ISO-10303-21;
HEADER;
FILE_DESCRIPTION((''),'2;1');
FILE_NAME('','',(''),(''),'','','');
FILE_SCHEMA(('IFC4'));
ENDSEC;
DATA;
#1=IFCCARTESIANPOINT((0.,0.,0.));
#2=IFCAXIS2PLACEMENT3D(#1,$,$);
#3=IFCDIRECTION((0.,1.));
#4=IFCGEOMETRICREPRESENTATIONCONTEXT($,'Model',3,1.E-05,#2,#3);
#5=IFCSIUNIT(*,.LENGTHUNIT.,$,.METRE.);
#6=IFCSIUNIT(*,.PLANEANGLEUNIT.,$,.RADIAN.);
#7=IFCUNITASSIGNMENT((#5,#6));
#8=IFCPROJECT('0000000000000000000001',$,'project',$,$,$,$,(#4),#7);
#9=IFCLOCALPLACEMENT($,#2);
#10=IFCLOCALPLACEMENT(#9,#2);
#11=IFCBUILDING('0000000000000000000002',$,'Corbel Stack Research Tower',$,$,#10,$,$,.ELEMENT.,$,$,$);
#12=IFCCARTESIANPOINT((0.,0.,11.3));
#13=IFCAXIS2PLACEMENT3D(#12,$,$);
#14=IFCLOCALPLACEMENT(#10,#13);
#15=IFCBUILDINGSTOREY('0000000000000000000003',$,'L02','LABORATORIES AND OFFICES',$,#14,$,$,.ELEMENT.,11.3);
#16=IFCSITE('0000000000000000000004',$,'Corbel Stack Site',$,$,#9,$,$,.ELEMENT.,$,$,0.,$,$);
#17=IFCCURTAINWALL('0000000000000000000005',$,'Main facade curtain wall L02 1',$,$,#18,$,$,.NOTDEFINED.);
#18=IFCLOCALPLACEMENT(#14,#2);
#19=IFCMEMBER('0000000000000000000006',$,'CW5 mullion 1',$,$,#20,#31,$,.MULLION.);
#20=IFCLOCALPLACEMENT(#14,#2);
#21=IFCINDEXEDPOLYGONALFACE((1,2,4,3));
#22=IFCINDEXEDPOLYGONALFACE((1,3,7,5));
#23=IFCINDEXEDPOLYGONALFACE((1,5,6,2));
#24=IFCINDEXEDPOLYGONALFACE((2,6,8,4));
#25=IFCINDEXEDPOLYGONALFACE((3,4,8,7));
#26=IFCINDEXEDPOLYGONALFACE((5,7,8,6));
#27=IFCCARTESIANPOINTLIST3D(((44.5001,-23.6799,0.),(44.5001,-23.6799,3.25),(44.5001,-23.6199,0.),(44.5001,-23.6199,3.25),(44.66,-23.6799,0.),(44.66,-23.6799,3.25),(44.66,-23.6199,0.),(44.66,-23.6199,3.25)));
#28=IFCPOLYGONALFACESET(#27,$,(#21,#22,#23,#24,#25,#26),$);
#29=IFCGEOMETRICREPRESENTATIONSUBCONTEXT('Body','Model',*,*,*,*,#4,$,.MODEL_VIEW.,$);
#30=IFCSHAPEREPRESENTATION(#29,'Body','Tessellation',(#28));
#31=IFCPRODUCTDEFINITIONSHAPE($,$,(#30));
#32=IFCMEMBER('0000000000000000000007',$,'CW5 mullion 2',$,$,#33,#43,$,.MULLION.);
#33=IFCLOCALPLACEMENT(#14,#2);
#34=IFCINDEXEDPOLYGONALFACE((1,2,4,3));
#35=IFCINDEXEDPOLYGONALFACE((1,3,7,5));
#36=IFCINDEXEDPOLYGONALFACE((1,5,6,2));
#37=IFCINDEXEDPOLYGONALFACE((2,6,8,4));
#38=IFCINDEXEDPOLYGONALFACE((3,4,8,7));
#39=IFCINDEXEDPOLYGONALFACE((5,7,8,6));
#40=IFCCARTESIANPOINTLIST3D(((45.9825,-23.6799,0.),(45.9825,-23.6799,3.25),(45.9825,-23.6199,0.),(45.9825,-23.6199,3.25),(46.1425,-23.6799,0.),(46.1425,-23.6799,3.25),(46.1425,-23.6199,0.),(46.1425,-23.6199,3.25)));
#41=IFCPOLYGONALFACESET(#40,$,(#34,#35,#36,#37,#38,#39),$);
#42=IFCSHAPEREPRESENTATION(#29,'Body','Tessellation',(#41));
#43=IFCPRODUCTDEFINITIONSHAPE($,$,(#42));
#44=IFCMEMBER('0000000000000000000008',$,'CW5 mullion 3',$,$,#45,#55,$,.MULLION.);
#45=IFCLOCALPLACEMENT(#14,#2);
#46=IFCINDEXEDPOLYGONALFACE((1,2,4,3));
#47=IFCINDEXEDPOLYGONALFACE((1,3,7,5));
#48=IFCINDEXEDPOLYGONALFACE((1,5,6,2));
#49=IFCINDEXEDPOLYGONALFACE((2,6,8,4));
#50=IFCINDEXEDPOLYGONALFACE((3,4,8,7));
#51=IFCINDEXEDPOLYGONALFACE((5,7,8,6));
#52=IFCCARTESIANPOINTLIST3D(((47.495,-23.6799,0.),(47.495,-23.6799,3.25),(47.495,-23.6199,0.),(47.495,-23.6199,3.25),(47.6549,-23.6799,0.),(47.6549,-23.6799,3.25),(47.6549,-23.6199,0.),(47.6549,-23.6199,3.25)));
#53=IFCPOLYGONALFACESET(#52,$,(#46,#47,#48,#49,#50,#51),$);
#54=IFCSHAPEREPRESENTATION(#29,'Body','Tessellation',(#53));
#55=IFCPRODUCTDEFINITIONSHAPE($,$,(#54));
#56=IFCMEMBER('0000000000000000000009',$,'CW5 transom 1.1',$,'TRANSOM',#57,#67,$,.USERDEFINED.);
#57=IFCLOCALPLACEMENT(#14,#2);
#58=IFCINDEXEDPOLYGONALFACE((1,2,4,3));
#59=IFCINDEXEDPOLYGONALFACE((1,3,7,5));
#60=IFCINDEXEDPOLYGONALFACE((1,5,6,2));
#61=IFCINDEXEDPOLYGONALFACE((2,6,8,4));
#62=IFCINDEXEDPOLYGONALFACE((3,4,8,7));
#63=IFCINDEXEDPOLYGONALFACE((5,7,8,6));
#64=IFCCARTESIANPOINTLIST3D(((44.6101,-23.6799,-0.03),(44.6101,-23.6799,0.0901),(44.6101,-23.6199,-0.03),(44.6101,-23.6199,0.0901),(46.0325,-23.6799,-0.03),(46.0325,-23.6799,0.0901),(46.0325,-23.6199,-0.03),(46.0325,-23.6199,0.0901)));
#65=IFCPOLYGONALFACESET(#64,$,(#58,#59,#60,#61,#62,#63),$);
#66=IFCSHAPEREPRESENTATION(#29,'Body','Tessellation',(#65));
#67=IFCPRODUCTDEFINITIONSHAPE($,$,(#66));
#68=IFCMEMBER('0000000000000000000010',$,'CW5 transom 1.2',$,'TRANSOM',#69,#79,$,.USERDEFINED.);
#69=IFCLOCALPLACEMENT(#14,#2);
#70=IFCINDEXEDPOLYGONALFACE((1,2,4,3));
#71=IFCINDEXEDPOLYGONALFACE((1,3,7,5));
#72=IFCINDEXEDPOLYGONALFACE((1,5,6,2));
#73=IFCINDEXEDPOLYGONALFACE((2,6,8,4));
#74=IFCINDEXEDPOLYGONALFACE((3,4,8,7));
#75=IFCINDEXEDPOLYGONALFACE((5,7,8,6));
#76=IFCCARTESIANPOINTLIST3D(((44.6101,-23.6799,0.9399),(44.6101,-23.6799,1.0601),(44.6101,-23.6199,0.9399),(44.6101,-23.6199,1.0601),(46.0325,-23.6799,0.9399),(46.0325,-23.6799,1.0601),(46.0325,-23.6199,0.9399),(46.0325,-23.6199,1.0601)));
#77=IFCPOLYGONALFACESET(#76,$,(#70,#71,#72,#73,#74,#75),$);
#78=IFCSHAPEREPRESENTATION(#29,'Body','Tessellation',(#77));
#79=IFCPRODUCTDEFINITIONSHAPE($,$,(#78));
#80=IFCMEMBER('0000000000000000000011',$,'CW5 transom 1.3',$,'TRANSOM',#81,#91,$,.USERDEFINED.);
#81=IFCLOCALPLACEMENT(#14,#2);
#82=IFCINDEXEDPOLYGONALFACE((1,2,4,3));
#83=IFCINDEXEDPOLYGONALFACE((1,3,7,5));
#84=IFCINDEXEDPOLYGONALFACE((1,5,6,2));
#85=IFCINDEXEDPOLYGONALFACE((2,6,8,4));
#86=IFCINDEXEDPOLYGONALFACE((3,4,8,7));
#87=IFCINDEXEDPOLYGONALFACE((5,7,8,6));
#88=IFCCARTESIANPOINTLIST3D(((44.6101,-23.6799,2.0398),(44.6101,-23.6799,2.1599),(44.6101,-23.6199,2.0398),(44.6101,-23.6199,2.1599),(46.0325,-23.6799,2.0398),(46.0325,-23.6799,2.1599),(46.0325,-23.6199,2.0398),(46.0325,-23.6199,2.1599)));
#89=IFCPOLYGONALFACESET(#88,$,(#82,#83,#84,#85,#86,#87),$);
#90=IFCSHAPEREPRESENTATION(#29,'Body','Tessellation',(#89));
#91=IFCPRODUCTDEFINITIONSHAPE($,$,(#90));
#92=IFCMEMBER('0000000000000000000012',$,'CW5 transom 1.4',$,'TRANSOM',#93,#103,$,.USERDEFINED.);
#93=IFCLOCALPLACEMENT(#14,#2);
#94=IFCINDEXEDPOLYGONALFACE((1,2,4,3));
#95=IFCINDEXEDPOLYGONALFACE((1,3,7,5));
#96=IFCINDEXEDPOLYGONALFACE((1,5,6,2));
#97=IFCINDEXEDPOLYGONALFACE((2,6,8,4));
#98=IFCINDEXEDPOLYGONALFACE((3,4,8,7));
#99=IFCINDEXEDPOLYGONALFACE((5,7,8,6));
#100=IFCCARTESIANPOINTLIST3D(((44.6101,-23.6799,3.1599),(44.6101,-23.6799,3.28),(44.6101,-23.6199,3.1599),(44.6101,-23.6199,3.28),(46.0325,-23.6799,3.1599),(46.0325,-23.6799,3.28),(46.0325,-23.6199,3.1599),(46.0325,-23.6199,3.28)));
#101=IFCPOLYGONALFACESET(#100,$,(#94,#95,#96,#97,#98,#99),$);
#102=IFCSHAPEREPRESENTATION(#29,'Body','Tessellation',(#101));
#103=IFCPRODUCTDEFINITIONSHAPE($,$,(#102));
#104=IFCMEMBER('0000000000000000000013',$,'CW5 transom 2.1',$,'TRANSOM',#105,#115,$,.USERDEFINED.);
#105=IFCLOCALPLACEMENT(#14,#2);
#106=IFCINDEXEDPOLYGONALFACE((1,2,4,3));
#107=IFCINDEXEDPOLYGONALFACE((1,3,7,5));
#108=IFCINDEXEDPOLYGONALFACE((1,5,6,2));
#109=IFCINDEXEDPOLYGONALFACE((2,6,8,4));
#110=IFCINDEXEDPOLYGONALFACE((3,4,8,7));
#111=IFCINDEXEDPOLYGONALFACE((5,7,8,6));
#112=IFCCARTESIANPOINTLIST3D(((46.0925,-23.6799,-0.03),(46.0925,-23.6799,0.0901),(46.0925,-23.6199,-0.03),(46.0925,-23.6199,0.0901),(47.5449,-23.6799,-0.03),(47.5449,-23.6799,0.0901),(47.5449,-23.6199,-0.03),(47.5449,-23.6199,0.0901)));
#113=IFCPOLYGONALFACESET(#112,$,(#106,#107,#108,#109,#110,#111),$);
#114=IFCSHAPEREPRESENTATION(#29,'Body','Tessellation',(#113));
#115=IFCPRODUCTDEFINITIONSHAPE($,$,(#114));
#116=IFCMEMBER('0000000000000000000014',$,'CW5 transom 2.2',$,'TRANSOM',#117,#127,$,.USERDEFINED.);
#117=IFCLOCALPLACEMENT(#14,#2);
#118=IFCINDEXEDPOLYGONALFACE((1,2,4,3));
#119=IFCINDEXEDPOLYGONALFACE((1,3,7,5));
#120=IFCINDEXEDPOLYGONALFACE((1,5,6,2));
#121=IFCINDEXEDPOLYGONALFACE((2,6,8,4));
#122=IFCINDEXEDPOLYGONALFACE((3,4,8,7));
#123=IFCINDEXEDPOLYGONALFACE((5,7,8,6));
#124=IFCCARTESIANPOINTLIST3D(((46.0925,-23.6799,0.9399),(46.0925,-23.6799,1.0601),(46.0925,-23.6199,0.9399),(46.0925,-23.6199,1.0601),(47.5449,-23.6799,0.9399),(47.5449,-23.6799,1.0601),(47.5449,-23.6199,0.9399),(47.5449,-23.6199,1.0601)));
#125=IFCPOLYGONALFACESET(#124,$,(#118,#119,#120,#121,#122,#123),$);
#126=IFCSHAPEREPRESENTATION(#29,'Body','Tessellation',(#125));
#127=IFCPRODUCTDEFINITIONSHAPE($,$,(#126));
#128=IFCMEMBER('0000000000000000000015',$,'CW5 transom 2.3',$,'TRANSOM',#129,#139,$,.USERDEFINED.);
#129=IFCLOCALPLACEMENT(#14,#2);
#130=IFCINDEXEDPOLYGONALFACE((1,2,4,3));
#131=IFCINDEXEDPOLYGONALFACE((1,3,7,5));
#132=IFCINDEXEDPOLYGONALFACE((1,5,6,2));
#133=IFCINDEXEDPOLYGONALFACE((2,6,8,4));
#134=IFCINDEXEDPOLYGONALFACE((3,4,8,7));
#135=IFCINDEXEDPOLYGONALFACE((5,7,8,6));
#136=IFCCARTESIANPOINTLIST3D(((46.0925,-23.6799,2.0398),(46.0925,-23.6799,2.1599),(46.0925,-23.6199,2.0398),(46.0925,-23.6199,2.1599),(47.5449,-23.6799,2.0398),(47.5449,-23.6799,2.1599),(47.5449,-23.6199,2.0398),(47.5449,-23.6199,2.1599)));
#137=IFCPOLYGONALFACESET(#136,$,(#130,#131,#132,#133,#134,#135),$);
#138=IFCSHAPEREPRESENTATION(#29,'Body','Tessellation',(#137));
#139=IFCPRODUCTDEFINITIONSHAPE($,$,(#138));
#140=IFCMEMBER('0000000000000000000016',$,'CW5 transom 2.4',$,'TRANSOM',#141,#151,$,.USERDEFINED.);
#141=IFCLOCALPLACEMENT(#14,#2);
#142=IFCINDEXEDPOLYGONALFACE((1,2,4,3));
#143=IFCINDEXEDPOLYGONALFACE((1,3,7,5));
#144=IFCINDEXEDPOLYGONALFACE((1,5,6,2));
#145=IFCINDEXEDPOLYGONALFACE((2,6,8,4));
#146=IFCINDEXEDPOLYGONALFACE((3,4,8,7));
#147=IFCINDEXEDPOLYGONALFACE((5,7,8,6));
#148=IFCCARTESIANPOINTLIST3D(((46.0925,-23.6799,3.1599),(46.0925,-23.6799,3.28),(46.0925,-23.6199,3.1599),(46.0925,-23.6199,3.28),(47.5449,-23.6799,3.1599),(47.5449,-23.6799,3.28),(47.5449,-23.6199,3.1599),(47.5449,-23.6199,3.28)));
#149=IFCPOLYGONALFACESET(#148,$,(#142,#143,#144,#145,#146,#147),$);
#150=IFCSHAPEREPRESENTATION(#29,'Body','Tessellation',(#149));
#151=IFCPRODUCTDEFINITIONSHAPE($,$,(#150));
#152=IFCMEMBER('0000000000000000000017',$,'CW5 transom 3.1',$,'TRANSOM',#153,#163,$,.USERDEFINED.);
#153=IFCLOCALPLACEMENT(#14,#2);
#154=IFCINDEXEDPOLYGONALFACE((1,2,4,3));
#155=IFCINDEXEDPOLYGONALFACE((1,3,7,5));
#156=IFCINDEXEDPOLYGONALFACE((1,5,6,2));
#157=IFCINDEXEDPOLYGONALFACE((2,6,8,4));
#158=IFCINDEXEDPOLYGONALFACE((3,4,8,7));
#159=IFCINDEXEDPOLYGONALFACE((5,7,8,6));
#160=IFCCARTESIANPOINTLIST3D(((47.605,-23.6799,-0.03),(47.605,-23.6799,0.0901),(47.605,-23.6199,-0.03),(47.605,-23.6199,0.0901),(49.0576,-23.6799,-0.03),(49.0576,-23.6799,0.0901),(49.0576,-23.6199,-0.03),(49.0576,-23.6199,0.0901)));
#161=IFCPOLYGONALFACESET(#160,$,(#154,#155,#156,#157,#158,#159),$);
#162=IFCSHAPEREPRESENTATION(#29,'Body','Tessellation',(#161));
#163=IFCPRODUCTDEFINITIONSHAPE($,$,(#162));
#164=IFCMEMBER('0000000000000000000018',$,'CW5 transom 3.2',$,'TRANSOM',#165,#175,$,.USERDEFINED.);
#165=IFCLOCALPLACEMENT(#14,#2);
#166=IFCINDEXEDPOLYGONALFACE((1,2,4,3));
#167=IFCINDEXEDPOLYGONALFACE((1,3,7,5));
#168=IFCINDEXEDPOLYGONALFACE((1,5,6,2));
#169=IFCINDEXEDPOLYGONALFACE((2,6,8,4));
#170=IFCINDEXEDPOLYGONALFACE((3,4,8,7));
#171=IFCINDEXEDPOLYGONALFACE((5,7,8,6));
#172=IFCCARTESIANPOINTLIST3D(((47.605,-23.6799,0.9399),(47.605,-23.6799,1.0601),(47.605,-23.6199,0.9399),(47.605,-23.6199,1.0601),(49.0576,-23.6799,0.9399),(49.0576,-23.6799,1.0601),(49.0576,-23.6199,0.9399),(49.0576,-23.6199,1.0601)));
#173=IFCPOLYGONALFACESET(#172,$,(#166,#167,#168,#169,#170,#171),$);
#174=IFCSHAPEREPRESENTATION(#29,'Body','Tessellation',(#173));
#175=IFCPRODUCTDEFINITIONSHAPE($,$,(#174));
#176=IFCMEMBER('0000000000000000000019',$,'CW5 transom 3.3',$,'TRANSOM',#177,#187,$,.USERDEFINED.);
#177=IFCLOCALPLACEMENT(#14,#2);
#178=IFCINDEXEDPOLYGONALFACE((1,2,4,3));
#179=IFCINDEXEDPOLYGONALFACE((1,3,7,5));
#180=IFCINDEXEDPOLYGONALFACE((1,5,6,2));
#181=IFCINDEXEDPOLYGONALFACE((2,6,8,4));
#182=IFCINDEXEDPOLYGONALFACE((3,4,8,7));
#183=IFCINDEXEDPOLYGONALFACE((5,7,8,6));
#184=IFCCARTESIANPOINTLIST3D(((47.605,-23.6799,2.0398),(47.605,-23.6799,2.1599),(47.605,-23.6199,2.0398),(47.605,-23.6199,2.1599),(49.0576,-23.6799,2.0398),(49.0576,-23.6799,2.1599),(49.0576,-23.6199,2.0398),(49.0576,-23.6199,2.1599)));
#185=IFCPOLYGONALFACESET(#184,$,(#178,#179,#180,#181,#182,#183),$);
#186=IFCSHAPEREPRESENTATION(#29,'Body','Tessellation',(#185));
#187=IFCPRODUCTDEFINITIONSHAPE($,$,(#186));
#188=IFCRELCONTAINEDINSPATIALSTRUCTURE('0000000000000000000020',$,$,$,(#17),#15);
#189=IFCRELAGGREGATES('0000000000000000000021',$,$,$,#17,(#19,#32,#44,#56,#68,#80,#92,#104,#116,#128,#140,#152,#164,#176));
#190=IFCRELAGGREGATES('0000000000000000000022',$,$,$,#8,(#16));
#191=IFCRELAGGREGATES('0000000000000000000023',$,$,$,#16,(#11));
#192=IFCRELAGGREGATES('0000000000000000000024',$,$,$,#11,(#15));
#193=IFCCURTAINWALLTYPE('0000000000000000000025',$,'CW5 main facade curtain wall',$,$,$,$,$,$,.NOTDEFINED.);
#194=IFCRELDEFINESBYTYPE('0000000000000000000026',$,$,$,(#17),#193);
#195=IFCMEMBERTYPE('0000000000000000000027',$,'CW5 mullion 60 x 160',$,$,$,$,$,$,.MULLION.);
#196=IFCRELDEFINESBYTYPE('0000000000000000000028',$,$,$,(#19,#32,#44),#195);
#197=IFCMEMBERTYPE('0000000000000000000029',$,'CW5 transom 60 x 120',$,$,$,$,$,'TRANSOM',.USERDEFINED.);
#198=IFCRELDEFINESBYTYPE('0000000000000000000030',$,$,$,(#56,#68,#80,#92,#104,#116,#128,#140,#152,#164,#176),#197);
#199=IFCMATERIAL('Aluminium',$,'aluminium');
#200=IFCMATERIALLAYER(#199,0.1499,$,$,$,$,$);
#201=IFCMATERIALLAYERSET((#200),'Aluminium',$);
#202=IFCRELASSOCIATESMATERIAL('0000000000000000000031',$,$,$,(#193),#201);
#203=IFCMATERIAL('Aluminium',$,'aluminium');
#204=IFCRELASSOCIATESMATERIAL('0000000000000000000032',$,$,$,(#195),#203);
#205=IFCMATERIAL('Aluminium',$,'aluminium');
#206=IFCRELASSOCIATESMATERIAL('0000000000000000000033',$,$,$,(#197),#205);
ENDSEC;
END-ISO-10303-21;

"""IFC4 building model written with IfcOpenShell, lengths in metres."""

from ifc_helpers import new_model, si_unit, direction, frame, origin, origin_2d, place, context, subcontext, project, spatial, rectangle, extrude, material, layer, layer_set, material_profile, profile_set, type_object, element, aggregate, save


model = new_model("IFC4")

# Units and contexts
model_context = context("Model", 3, precision=1e-05, world=origin(), true_north=direction((0.0, 1.0)))
body_context = subcontext(model_context, "Body", "Model", "MODEL_VIEW")
ifc_project = project(units=[si_unit("LENGTHUNIT", "METRE"), si_unit("PLANEANGLEUNIT", "RADIAN")], contexts=[model_context])

# Site, building, storey
site_placement = place(None, origin())
site = spatial("IfcSite", under=ifc_project, at=site_placement, Name="Corbel Stack Site", CompositionType="ELEMENT", RefElevation=0.0)
building_placement = place(site_placement, origin())
building = spatial("IfcBuilding", under=site, at=building_placement, Name="Corbel Stack Research Tower", CompositionType="ELEMENT")
storey_placement = place(building_placement, frame((0.0, 0.0, 11.3)))
storey = spatial("IfcBuildingStorey", under=building, at=storey_placement, Name="L02", Description="LABORATORIES AND OFFICES", CompositionType="ELEMENT", Elevation=11.3)

# Curtain wall, members
ifc_material_1 = material(Name="Aluminium", Category="aluminium")
ifc_layer_1 = layer(ifc_material_1, 0.1499)
ifc_layer_set_1 = layer_set([ifc_layer_1], Name="Aluminium")
curtain_wall_type = type_object("IfcCurtainWallType", Name="CW5 main facade curtain wall", PredefinedType="NOTDEFINED", material=ifc_layer_set_1)
curtain_wall_placement = place(storey_placement, origin())
curtain_wall = element("IfcCurtainWall", 1, at=curtain_wall_placement, inside=storey, type_object=curtain_wall_type, Name="Main facade curtain wall L02 1", PredefinedType="NOTDEFINED")
ifc_material_2 = material(Name="Aluminium", Category="aluminium")
ifc_material_profile_1 = material_profile(ifc_material_2, rectangle(XDim=0.0601, YDim=0.1599, at=origin_2d()), Name="Mullion 60 x 160")
ifc_profile_set_1 = profile_set([ifc_material_profile_1], Name="Aluminium")
member_type_1 = type_object("IfcMemberType", Name="CW5 mullion 60 x 160", PredefinedType="MULLION", material=ifc_profile_set_1)
member_1_placement = place(storey_placement, frame((44.5801, -23.6499, 0.0), z_axis=(0.0, 0.0, 1.0), x_axis=(0.0, 1.0, 0.0)))
member_1 = element("IfcMember", 2, at=member_1_placement, type_object=member_type_1, Name="CW5 mullion 1", PredefinedType="MULLION", context=body_context, shape_type="SweptSolid", body=[
    extrude(rectangle(XDim=0.0601, YDim=0.1599, at=origin_2d()), origin(), (0.0, 0.0, 1.0), 3.25),
])
member_2_placement = place(storey_placement, frame((46.0625, -23.6499, 0.0), z_axis=(0.0, 0.0, 1.0), x_axis=(0.0, 1.0, 0.0)))
member_2 = element("IfcMember", 3, at=member_2_placement, type_object=member_type_1, Name="CW5 mullion 2", PredefinedType="MULLION", context=body_context, shape_type="SweptSolid", body=[
    extrude(rectangle(XDim=0.0601, YDim=0.1599, at=origin_2d()), origin(), (0.0, 0.0, 1.0), 3.25),
])
member_3_placement = place(storey_placement, frame((47.575, -23.6499, 0.0), z_axis=(0.0, 0.0, 1.0), x_axis=(0.0, 1.0, 0.0)))
member_3 = element("IfcMember", 4, at=member_3_placement, type_object=member_type_1, Name="CW5 mullion 3", PredefinedType="MULLION", context=body_context, shape_type="SweptSolid", body=[
    extrude(rectangle(XDim=0.0601, YDim=0.1599, at=origin_2d()), origin(), (0.0, 0.0, 1.0), 3.25),
])
ifc_material_3 = material(Name="Aluminium", Category="aluminium")
ifc_material_profile_2 = material_profile(ifc_material_3, rectangle(XDim=0.0601, YDim=0.1201, at=origin_2d()), Name="Transom 60 x 120")
ifc_profile_set_2 = profile_set([ifc_material_profile_2], Name="Aluminium")
member_type_2 = type_object("IfcMemberType", Name="CW5 transom 60 x 120", ElementType="TRANSOM", PredefinedType="USERDEFINED", material=ifc_profile_set_2)
member_4_placement = place(storey_placement, frame((44.6101, -23.6499, 0.03), z_axis=(1.0, 0.0, 0.0), x_axis=(0.0, 1.0, 0.0)))
member_4 = element("IfcMember", 5, at=member_4_placement, type_object=member_type_2, Name="CW5 transom 1.1", ObjectType="TRANSOM", PredefinedType="USERDEFINED", context=body_context, shape_type="SweptSolid", body=[
    extrude(rectangle(XDim=0.0601, YDim=0.1201, at=origin_2d()), origin(), (0.0, 0.0, 1.0), 1.4224),
])
member_5_placement = place(storey_placement, frame((44.6101, -23.6499, 1.0), z_axis=(1.0, 0.0, 0.0), x_axis=(0.0, 1.0, 0.0)))
member_5 = element("IfcMember", 6, at=member_5_placement, type_object=member_type_2, Name="CW5 transom 1.2", ObjectType="TRANSOM", PredefinedType="USERDEFINED", context=body_context, shape_type="SweptSolid", body=[
    extrude(rectangle(XDim=0.0601, YDim=0.1201, at=origin_2d()), origin(), (0.0, 0.0, 1.0), 1.4224),
])
member_6_placement = place(storey_placement, frame((44.6101, -23.6499, 2.0999), z_axis=(1.0, 0.0, 0.0), x_axis=(0.0, 1.0, 0.0)))
member_6 = element("IfcMember", 7, at=member_6_placement, type_object=member_type_2, Name="CW5 transom 1.3", ObjectType="TRANSOM", PredefinedType="USERDEFINED", context=body_context, shape_type="SweptSolid", body=[
    extrude(rectangle(XDim=0.0601, YDim=0.1201, at=origin_2d()), origin(), (0.0, 0.0, 1.0), 1.4224),
])
member_7_placement = place(storey_placement, frame((44.6101, -23.6499, 3.22), z_axis=(1.0, 0.0, 0.0), x_axis=(0.0, 1.0, 0.0)))
member_7 = element("IfcMember", 8, at=member_7_placement, type_object=member_type_2, Name="CW5 transom 1.4", ObjectType="TRANSOM", PredefinedType="USERDEFINED", context=body_context, shape_type="SweptSolid", body=[
    extrude(rectangle(XDim=0.0601, YDim=0.1201, at=origin_2d()), origin(), (0.0, 0.0, 1.0), 1.4224),
])
member_8_placement = place(storey_placement, frame((46.0925, -23.6499, 0.03), z_axis=(1.0, 0.0, 0.0), x_axis=(0.0, 1.0, 0.0)))
member_8 = element("IfcMember", 9, at=member_8_placement, type_object=member_type_2, Name="CW5 transom 2.1", ObjectType="TRANSOM", PredefinedType="USERDEFINED", context=body_context, shape_type="SweptSolid", body=[
    extrude(rectangle(XDim=0.0601, YDim=0.1201, at=origin_2d()), origin(), (0.0, 0.0, 1.0), 1.4524),
])
member_9_placement = place(storey_placement, frame((46.0925, -23.6499, 1.0), z_axis=(1.0, 0.0, 0.0), x_axis=(0.0, 1.0, 0.0)))
member_9 = element("IfcMember", 10, at=member_9_placement, type_object=member_type_2, Name="CW5 transom 2.2", ObjectType="TRANSOM", PredefinedType="USERDEFINED", context=body_context, shape_type="SweptSolid", body=[
    extrude(rectangle(XDim=0.0601, YDim=0.1201, at=origin_2d()), origin(), (0.0, 0.0, 1.0), 1.4524),
])
member_10_placement = place(storey_placement, frame((46.0925, -23.6499, 2.0999), z_axis=(1.0, 0.0, 0.0), x_axis=(0.0, 1.0, 0.0)))
member_10 = element("IfcMember", 11, at=member_10_placement, type_object=member_type_2, Name="CW5 transom 2.3", ObjectType="TRANSOM", PredefinedType="USERDEFINED", context=body_context, shape_type="SweptSolid", body=[
    extrude(rectangle(XDim=0.0601, YDim=0.1201, at=origin_2d()), origin(), (0.0, 0.0, 1.0), 1.4524),
])
member_11_placement = place(storey_placement, frame((46.0925, -23.6499, 3.22), z_axis=(1.0, 0.0, 0.0), x_axis=(0.0, 1.0, 0.0)))
member_11 = element("IfcMember", 12, at=member_11_placement, type_object=member_type_2, Name="CW5 transom 2.4", ObjectType="TRANSOM", PredefinedType="USERDEFINED", context=body_context, shape_type="SweptSolid", body=[
    extrude(rectangle(XDim=0.0601, YDim=0.1201, at=origin_2d()), origin(), (0.0, 0.0, 1.0), 1.4524),
])
member_12_placement = place(storey_placement, frame((47.605, -23.6499, 0.03), z_axis=(1.0, 0.0, 0.0), x_axis=(0.0, 1.0, 0.0)))
member_12 = element("IfcMember", 13, at=member_12_placement, type_object=member_type_2, Name="CW5 transom 3.1", ObjectType="TRANSOM", PredefinedType="USERDEFINED", context=body_context, shape_type="SweptSolid", body=[
    extrude(rectangle(XDim=0.0601, YDim=0.1201, at=origin_2d()), origin(), (0.0, 0.0, 1.0), 1.4526),
])
member_13_placement = place(storey_placement, frame((47.605, -23.6499, 1.0), z_axis=(1.0, 0.0, 0.0), x_axis=(0.0, 1.0, 0.0)))
member_13 = element("IfcMember", 14, at=member_13_placement, type_object=member_type_2, Name="CW5 transom 3.2", ObjectType="TRANSOM", PredefinedType="USERDEFINED", context=body_context, shape_type="SweptSolid", body=[
    extrude(rectangle(XDim=0.0601, YDim=0.1201, at=origin_2d()), origin(), (0.0, 0.0, 1.0), 1.4526),
])
member_14_placement = place(storey_placement, frame((47.605, -23.6499, 2.0999), z_axis=(1.0, 0.0, 0.0), x_axis=(0.0, 1.0, 0.0)))
member_14 = element("IfcMember", 15, at=member_14_placement, type_object=member_type_2, Name="CW5 transom 3.3", ObjectType="TRANSOM", PredefinedType="USERDEFINED", context=body_context, shape_type="SweptSolid", body=[
    extrude(rectangle(XDim=0.0601, YDim=0.1201, at=origin_2d()), origin(), (0.0, 0.0, 1.0), 1.4526),
])
aggregate(curtain_wall, [member_1, member_2, member_3, member_4, member_5, member_6, member_7, member_8, member_9, member_10, member_11, member_12, member_13, member_14])

save(model, "model.ifc")
